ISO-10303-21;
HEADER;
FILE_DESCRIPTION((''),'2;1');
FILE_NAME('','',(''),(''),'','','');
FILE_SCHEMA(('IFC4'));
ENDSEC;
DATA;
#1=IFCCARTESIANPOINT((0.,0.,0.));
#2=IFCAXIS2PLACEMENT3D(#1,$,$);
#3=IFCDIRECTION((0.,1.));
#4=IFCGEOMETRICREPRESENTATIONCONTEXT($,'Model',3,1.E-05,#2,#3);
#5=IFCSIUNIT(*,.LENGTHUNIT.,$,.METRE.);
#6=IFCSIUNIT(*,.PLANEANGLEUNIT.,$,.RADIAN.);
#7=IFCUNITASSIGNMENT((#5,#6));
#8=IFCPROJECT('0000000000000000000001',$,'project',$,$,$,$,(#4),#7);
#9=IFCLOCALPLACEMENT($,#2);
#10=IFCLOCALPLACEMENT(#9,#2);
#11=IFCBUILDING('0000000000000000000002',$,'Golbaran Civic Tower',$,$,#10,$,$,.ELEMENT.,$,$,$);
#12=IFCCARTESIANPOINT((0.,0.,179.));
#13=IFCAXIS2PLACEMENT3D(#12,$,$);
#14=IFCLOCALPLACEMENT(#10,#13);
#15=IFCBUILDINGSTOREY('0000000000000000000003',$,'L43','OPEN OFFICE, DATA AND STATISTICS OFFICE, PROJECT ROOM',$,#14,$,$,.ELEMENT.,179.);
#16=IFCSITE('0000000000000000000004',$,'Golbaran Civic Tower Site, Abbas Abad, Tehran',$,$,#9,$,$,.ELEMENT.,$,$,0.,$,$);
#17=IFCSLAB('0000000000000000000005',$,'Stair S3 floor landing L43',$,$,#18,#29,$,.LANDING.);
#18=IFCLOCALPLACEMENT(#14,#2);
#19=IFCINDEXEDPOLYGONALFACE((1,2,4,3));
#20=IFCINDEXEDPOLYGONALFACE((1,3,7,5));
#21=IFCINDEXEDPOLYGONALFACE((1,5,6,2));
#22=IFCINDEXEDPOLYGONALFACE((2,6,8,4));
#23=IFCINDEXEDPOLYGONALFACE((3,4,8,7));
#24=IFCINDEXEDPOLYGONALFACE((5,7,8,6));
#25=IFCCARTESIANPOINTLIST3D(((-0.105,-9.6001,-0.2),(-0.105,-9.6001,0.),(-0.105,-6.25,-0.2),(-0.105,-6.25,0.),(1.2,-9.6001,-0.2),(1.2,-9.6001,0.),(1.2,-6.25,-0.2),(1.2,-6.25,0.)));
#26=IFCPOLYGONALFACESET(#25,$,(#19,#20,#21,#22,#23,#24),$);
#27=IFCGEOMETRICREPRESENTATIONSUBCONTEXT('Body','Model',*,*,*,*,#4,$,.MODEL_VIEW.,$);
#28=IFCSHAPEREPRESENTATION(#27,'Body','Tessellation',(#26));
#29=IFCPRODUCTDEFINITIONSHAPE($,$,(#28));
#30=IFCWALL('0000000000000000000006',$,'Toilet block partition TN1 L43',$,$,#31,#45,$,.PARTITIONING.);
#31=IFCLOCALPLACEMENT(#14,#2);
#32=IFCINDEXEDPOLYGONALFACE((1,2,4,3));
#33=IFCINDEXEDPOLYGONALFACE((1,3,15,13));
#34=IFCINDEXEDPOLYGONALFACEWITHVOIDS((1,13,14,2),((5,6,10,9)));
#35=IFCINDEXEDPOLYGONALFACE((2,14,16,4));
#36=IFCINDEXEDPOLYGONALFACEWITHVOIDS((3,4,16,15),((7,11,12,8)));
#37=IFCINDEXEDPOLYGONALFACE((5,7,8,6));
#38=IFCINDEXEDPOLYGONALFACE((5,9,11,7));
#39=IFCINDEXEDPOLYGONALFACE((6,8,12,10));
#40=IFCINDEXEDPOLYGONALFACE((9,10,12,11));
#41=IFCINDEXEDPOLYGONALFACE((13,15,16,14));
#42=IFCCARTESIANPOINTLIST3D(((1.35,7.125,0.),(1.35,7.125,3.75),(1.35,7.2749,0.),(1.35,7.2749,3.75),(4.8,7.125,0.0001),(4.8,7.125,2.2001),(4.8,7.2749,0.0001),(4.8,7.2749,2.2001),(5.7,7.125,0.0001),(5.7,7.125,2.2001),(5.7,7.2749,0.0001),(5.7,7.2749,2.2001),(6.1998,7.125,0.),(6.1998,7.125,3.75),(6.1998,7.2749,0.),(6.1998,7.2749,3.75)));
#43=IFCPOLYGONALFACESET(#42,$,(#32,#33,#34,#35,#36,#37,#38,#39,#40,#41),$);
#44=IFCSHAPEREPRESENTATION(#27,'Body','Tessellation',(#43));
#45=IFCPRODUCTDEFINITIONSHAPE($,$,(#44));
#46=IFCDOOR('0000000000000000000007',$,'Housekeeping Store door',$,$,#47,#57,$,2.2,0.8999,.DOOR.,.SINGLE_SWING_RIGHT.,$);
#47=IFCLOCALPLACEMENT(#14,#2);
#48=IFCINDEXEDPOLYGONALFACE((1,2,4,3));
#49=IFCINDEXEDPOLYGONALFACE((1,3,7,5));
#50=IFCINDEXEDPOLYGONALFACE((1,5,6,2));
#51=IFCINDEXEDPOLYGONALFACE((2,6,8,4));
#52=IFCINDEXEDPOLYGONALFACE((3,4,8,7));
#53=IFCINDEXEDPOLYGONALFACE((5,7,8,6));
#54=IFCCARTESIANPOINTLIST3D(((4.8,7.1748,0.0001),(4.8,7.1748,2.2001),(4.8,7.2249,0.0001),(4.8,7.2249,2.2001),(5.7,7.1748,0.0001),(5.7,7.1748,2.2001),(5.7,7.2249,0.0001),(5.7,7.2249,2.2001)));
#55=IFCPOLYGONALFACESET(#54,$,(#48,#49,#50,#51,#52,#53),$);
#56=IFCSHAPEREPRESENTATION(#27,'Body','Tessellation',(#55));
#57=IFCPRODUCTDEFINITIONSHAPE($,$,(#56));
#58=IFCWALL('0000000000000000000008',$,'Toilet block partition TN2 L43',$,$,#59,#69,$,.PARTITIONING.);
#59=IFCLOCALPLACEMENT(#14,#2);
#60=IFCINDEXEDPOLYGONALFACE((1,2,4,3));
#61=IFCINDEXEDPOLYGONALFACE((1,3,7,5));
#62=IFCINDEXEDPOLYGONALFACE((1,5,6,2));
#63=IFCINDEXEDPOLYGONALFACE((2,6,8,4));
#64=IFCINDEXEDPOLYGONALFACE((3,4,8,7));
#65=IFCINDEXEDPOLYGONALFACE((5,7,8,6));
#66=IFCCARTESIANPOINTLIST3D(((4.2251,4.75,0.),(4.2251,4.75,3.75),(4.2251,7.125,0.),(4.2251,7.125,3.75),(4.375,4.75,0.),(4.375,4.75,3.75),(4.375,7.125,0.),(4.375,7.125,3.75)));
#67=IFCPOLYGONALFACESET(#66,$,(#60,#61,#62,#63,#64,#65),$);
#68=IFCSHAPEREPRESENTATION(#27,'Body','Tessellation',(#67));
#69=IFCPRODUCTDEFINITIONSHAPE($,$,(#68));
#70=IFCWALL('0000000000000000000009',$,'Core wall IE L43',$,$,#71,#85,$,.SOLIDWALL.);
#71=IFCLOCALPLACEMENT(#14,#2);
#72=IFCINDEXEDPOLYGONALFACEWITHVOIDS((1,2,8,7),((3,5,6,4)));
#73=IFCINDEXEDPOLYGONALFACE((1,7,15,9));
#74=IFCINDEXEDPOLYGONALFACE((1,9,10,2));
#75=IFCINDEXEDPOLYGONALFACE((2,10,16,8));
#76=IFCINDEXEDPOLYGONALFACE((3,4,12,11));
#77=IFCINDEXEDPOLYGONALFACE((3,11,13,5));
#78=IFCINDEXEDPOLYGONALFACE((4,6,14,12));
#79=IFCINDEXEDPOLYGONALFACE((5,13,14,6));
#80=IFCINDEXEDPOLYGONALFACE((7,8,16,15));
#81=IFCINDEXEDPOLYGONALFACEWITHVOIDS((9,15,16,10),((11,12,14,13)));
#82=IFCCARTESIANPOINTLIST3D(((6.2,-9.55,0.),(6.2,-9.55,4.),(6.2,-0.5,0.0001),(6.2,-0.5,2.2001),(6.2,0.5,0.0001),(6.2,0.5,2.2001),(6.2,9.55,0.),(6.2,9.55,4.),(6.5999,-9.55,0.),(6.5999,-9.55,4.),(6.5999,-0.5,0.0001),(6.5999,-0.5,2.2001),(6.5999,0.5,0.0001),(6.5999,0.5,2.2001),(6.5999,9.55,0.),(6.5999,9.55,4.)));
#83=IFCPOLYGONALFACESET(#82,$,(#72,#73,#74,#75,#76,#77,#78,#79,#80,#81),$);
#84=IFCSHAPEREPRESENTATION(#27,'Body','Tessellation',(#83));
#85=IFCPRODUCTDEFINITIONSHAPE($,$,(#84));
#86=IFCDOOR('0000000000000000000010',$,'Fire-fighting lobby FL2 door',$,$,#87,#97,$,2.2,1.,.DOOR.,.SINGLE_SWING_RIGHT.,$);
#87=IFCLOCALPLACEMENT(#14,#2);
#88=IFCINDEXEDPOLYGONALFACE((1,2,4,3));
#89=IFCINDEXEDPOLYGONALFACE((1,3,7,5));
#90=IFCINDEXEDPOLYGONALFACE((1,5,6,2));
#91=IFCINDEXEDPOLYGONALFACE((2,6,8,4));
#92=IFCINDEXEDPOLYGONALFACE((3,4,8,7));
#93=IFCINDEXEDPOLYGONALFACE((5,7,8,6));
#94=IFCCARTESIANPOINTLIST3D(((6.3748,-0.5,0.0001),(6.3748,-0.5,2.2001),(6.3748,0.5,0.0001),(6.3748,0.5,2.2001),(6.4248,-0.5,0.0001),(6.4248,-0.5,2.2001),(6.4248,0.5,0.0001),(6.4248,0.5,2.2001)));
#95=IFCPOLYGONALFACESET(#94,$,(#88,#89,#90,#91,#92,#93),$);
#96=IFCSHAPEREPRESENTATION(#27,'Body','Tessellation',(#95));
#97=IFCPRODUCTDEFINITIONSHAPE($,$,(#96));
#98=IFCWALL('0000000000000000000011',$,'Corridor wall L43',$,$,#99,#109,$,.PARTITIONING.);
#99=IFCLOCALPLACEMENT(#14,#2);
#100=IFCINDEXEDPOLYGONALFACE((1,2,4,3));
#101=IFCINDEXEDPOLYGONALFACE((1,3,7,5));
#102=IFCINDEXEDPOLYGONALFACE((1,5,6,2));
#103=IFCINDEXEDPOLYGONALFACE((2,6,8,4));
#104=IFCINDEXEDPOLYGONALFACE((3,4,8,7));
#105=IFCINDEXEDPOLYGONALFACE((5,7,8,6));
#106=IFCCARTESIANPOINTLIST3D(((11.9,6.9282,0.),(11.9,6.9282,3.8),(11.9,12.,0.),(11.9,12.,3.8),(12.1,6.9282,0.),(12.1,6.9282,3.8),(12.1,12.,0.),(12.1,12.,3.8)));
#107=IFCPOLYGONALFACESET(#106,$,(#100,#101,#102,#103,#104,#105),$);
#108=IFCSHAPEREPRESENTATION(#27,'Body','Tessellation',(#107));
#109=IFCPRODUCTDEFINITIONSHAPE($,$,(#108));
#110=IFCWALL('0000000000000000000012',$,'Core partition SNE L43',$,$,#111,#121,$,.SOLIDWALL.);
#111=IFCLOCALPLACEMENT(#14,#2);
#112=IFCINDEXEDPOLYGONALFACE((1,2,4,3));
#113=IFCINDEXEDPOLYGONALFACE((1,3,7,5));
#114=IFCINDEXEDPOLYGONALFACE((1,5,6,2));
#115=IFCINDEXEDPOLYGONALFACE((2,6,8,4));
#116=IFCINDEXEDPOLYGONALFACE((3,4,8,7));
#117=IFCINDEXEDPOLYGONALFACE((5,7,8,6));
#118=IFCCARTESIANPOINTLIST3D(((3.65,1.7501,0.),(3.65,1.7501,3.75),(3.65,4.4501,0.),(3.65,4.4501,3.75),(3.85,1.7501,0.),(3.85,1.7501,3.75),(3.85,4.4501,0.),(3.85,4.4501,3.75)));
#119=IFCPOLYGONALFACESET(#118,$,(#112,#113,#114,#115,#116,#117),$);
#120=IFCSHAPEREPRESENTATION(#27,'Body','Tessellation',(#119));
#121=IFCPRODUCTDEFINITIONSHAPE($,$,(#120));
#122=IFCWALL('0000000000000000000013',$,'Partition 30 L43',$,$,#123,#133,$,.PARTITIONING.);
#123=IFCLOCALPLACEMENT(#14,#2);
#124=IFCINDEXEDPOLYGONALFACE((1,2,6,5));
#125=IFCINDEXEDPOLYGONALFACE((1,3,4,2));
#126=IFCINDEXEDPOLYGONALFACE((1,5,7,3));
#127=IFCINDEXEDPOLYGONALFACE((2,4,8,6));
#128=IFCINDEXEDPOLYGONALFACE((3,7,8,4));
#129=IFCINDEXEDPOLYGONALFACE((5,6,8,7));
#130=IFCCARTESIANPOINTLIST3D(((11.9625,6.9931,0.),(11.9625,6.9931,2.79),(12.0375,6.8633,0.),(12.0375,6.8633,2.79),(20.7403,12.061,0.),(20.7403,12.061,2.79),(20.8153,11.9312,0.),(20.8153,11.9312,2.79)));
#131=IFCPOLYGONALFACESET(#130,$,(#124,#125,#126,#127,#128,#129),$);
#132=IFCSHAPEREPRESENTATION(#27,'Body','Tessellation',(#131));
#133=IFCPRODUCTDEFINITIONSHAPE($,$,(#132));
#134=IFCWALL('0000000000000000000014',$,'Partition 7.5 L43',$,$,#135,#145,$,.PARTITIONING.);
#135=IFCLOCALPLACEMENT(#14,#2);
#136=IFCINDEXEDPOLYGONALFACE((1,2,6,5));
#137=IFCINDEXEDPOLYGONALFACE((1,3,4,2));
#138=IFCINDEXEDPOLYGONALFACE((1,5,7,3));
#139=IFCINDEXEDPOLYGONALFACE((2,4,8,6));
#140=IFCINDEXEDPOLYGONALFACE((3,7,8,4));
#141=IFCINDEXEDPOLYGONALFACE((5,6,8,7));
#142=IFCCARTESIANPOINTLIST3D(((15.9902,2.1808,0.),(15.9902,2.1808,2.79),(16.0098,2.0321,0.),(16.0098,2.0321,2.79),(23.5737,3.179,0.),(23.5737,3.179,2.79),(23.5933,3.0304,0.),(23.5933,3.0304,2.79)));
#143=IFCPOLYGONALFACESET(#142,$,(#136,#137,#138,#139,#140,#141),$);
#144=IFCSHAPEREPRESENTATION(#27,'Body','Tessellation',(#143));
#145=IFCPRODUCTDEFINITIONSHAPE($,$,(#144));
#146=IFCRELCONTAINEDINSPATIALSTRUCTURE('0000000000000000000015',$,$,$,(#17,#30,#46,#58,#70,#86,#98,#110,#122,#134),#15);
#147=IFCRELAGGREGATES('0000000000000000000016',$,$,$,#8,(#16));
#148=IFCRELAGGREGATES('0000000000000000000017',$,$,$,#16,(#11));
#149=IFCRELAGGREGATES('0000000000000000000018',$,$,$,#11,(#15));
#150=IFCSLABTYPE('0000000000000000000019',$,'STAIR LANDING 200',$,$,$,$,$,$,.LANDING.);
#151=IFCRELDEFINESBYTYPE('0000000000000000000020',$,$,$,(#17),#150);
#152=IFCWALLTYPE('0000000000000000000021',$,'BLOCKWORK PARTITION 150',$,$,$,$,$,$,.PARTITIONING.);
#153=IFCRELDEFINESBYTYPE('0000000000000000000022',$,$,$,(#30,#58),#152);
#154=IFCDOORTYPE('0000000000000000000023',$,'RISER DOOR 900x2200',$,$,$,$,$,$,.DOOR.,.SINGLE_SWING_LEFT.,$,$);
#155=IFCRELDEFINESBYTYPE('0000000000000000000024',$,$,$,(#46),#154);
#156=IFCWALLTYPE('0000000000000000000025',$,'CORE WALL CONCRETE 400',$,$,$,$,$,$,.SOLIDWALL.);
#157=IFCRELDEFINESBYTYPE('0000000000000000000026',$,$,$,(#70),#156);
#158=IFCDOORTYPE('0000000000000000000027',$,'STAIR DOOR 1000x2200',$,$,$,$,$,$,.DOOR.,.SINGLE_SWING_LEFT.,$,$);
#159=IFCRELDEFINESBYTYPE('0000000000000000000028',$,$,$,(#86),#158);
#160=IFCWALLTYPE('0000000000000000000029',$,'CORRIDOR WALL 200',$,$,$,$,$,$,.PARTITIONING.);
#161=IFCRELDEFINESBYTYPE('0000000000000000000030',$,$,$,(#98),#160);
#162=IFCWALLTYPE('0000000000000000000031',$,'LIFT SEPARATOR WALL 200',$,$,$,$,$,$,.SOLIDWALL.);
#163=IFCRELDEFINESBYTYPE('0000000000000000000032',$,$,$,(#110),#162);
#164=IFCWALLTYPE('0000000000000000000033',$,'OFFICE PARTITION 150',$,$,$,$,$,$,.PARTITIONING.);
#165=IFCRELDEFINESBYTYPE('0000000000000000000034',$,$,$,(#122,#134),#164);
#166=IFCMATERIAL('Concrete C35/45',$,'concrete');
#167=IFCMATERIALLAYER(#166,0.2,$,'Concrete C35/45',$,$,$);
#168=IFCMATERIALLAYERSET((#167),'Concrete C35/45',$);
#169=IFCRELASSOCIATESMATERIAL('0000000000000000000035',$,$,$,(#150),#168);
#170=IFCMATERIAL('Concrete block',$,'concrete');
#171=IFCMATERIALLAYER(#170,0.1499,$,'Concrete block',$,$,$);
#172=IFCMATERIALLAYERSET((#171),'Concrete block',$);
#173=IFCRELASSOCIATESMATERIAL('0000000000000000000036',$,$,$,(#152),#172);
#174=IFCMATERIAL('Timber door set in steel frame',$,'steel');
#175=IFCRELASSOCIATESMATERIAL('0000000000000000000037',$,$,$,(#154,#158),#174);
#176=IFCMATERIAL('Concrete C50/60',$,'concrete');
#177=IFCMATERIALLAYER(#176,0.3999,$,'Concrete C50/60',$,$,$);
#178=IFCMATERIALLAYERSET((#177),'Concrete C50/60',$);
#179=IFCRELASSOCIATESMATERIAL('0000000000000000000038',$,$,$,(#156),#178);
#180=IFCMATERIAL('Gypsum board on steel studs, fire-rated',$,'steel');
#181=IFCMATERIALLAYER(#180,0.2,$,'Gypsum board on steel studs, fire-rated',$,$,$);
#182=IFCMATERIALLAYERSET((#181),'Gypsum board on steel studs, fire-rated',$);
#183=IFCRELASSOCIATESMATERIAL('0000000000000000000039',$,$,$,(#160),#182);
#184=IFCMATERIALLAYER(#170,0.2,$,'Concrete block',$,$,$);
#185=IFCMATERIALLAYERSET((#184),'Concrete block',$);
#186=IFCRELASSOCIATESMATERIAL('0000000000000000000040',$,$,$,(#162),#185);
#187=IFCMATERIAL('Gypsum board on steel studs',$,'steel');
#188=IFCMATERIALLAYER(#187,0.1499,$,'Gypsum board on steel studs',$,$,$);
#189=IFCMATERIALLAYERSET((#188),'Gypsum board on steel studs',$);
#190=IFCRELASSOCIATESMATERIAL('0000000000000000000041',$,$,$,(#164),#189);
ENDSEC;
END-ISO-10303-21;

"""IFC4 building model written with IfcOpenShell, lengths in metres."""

from ifc_helpers import new_model, si_unit, direction, frame, frame_2d, origin, place, context, subcontext, project, spatial, polyline, rectangle, outline, extrude, material, layer, layer_set, type_object, element, fill, save


model = new_model("IFC4")

# Units and contexts
model_context = context("Model", 3, precision=1e-05, world=origin(), true_north=direction((0.0, 1.0)))
body_context = subcontext(model_context, "Body", "Model", "MODEL_VIEW")
ifc_project = project(units=[si_unit("LENGTHUNIT", "METRE"), si_unit("PLANEANGLEUNIT", "RADIAN")], contexts=[model_context])

# Site, building, storey
site_placement = place(None, origin())
site = spatial("IfcSite", under=ifc_project, at=site_placement, Name="Golbaran Civic Tower Site, Abbas Abad, Tehran", CompositionType="ELEMENT", RefElevation=0.0)
building_placement = place(site_placement, origin())
building = spatial("IfcBuilding", under=site, at=building_placement, Name="Golbaran Civic Tower", CompositionType="ELEMENT")
storey_placement = place(building_placement, frame((0.0, 0.0, 179.0)))
storey = spatial("IfcBuildingStorey", under=building, at=storey_placement, Name="L43", Description="OPEN OFFICE, DATA AND STATISTICS OFFICE, PROJECT ROOM", CompositionType="ELEMENT", Elevation=179.0)

# Slab
ifc_material_1 = material(Name="Concrete C35/45", Category="concrete")
ifc_layer_1 = layer(ifc_material_1, 0.2, Name="Concrete C35/45")
ifc_layer_set_1 = layer_set([ifc_layer_1], Name="Concrete C35/45")
slab_type = type_object("IfcSlabType", Name="STAIR LANDING 200", PredefinedType="LANDING", material=ifc_layer_set_1)
slab_placement = place(storey_placement, frame((0.0, 0.0, -0.2)))
element("IfcSlab", 1, at=slab_placement, inside=storey, type_object=slab_type, Name="Stair S3 floor landing L43", PredefinedType="LANDING", context=body_context, shape_type="SweptSolid", body=[
    extrude(outline(polyline([(1.2, -9.6001), (-0.105, -9.6001), (-0.105, -6.25), (1.2, -6.25), (1.2, -9.6001)])), origin(), (0.0, 0.0, 1.0), 0.2),
])

# Wall, opening, door
ifc_material_2 = material(Name="Concrete block", Category="concrete")
ifc_layer_2 = layer(ifc_material_2, 0.1499, Name="Concrete block")
ifc_layer_set_2 = layer_set([ifc_layer_2], Name="Concrete block")
wall_type_1 = type_object("IfcWallType", Name="BLOCKWORK PARTITION 150", PredefinedType="PARTITIONING", material=ifc_layer_set_2)
wall_1_placement = place(storey_placement, frame((1.3501, 7.2, 0.0), z_axis=(0.0, 0.0, 1.0), x_axis=(1.0, 0.0, 0.0)))
wall_1 = element("IfcWall", 2, at=wall_1_placement, inside=storey, type_object=wall_type_1, Name="Toilet block partition TN1 L43", PredefinedType="PARTITIONING", context=body_context, shape_type="SweptSolid", body=[
    extrude(rectangle(XDim=4.8499, YDim=0.1499, at=frame_2d((2.4248, 0.0))), origin(), (0.0, 0.0, 1.0), 3.75),
])
opening_1_placement = place(wall_1_placement, frame((3.45, 0.0, 0.0)))
opening_1 = element("IfcOpeningElement", 3, at=opening_1_placement, cuts=wall_1, PredefinedType="OPENING", context=body_context, shape_type="SweptSolid", body=[
    extrude(rectangle(XDim=0.8999, YDim=2.2, at=frame_2d((0.45, 1.1001))), frame((0.0, 0.085, 0.0), z_axis=(0.0, -1.0, 0.0), x_axis=(1.0, 0.0, 0.0)), (0.0, 0.0, 1.0), 0.1699),
])
ifc_material_3 = material(Name="Timber door set in steel frame", Category="steel")
door_type_1 = type_object("IfcDoorType", Name="RISER DOOR 900x2200", OperationType="SINGLE_SWING_LEFT", PredefinedType="DOOR", material=ifc_material_3)
door_1_placement = place(opening_1_placement, origin())
door_1 = element("IfcDoor", 4, at=door_1_placement, inside=storey, type_object=door_type_1, Name="Housekeeping Store door", OperationType="SINGLE_SWING_RIGHT", OverallHeight=2.2, OverallWidth=0.8999, PredefinedType="DOOR", context=body_context, shape_type="SweptSolid", body=[
    extrude(rectangle(XDim=0.8999, YDim=2.2, at=frame_2d((0.45, 1.1001))), frame((0.0, 0.0249, 0.0), z_axis=(0.0, -1.0, 0.0), x_axis=(1.0, 0.0, 0.0)), (0.0, 0.0, 1.0), 0.05),
])
fill(opening_1, door_1)

# Wall
wall_2_placement = place(storey_placement, frame((4.3, 4.75, 0.0), z_axis=(0.0, 0.0, 1.0), x_axis=(0.0, 1.0, 0.0)))
element("IfcWall", 5, at=wall_2_placement, inside=storey, type_object=wall_type_1, Name="Toilet block partition TN2 L43", PredefinedType="PARTITIONING", context=body_context, shape_type="SweptSolid", body=[
    extrude(rectangle(XDim=2.375, YDim=0.1499, at=frame_2d((1.1875, 0.0))), origin(), (0.0, 0.0, 1.0), 3.75),
])

# Wall, opening, door
ifc_material_4 = material(Name="Concrete C50/60", Category="concrete")
ifc_layer_3 = layer(ifc_material_4, 0.3999, Name="Concrete C50/60")
ifc_layer_set_3 = layer_set([ifc_layer_3], Name="Concrete C50/60")
wall_type_2 = type_object("IfcWallType", Name="CORE WALL CONCRETE 400", PredefinedType="SOLIDWALL", material=ifc_layer_set_3)
wall_3_placement = place(storey_placement, frame((6.3999, 9.55, 0.0), z_axis=(0.0, 0.0, 1.0), x_axis=(0.0, -1.0, 0.0)))
wall_3 = element("IfcWall", 6, at=wall_3_placement, inside=storey, type_object=wall_type_2, Name="Core wall IE L43", PredefinedType="SOLIDWALL", context=body_context, shape_type="SweptSolid", body=[
    extrude(rectangle(XDim=19.1001, YDim=0.3999, at=frame_2d((9.55, 0.0))), origin(), (0.0, 0.0, 1.0), 4.0),
])
opening_2_placement = place(wall_3_placement, frame((9.05, 0.0, 0.0)))
opening_2 = element("IfcOpeningElement", 7, at=opening_2_placement, cuts=wall_3, PredefinedType="OPENING", context=body_context, shape_type="SweptSolid", body=[
    extrude(rectangle(XDim=1.0, YDim=2.2, at=frame_2d((0.5, 1.1001))), frame((0.0, 0.21, 0.0), z_axis=(0.0, -1.0, 0.0), x_axis=(1.0, 0.0, 0.0)), (0.0, 0.0, 1.0), 0.4199),
])
door_type_2 = type_object("IfcDoorType", Name="STAIR DOOR 1000x2200", OperationType="SINGLE_SWING_LEFT", PredefinedType="DOOR", material=ifc_material_3)
door_2_placement = place(opening_2_placement, origin())
door_2 = element("IfcDoor", 8, at=door_2_placement, inside=storey, type_object=door_type_2, Name="Fire-fighting lobby FL2 door", OperationType="SINGLE_SWING_RIGHT", OverallHeight=2.2, OverallWidth=1.0, PredefinedType="DOOR", context=body_context, shape_type="SweptSolid", body=[
    extrude(rectangle(XDim=1.0, YDim=2.2, at=frame_2d((0.5, 1.1001))), frame((0.0, 0.0249, 0.0), z_axis=(0.0, -1.0, 0.0), x_axis=(1.0, 0.0, 0.0)), (0.0, 0.0, 1.0), 0.05),
])
fill(opening_2, door_2)

# Walls
ifc_material_5 = material(Name="Gypsum board on steel studs, fire-rated", Category="steel")
ifc_layer_4 = layer(ifc_material_5, 0.2, Name="Gypsum board on steel studs, fire-rated")
ifc_layer_set_4 = layer_set([ifc_layer_4], Name="Gypsum board on steel studs, fire-rated")
wall_type_3 = type_object("IfcWallType", Name="CORRIDOR WALL 200", PredefinedType="PARTITIONING", material=ifc_layer_set_4)
wall_4_placement = place(storey_placement, frame((12.0, 6.9282, 0.0), z_axis=(0.0, 0.0, 1.0), x_axis=(0.0, 1.0, 0.0)))
element("IfcWall", 9, at=wall_4_placement, inside=storey, type_object=wall_type_3, Name="Corridor wall L43", PredefinedType="PARTITIONING", context=body_context, shape_type="SweptSolid", body=[
    extrude(rectangle(XDim=5.0718, YDim=0.2, at=frame_2d((2.5359, 0.0))), origin(), (0.0, 0.0, 1.0), 3.8),
])
ifc_layer_5 = layer(ifc_material_2, 0.2, Name="Concrete block")
ifc_layer_set_5 = layer_set([ifc_layer_5], Name="Concrete block")
wall_type_4 = type_object("IfcWallType", Name="LIFT SEPARATOR WALL 200", PredefinedType="SOLIDWALL", material=ifc_layer_set_5)
wall_5_placement = place(storey_placement, frame((3.75, 1.75, 0.0), z_axis=(0.0, 0.0, 1.0), x_axis=(0.0, 1.0, 0.0)))
element("IfcWall", 10, at=wall_5_placement, inside=storey, type_object=wall_type_4, Name="Core partition SNE L43", PredefinedType="SOLIDWALL", context=body_context, shape_type="SweptSolid", body=[
    extrude(rectangle(XDim=2.7, YDim=0.2, at=frame_2d((1.3501, 0.0))), origin(), (0.0, 0.0, 1.0), 3.75),
])
ifc_material_6 = material(Name="Gypsum board on steel studs", Category="steel")
ifc_layer_6 = layer(ifc_material_6, 0.1499, Name="Gypsum board on steel studs")
ifc_layer_set_6 = layer_set([ifc_layer_6], Name="Gypsum board on steel studs")
wall_type_5 = type_object("IfcWallType", Name="OFFICE PARTITION 150", PredefinedType="PARTITIONING", material=ifc_layer_set_6)
wall_6_placement = place(storey_placement, frame((12.0, 6.9282, 0.0), z_axis=(0.0, 0.0, 1.0), x_axis=(0.866026, 0.499999, 0.0)))
element("IfcWall", 11, at=wall_6_placement, inside=storey, type_object=wall_type_5, Name="Partition 30 L43", PredefinedType="PARTITIONING", context=body_context, shape_type="SweptSolid", body=[
    extrude(rectangle(XDim=10.1357, YDim=0.1499, at=frame_2d((5.0679, 0.0))), origin(), (0.0, 0.0, 1.0), 2.79),
])
wall_7_placement = place(storey_placement, frame((16.0, 2.1064, 0.0), z_axis=(0.0, 0.0, 1.0), x_axis=(0.991446, 0.130514, 0.0)))
element("IfcWall", 12, at=wall_7_placement, inside=storey, type_object=wall_type_5, Name="Partition 7.5 L43", PredefinedType="PARTITIONING", context=body_context, shape_type="SweptSolid", body=[
    extrude(rectangle(XDim=7.6489, YDim=0.1499, at=frame_2d((3.8245, 0.0))), origin(), (0.0, 0.0, 1.0), 2.79),
])

save(model, "model.ifc")
